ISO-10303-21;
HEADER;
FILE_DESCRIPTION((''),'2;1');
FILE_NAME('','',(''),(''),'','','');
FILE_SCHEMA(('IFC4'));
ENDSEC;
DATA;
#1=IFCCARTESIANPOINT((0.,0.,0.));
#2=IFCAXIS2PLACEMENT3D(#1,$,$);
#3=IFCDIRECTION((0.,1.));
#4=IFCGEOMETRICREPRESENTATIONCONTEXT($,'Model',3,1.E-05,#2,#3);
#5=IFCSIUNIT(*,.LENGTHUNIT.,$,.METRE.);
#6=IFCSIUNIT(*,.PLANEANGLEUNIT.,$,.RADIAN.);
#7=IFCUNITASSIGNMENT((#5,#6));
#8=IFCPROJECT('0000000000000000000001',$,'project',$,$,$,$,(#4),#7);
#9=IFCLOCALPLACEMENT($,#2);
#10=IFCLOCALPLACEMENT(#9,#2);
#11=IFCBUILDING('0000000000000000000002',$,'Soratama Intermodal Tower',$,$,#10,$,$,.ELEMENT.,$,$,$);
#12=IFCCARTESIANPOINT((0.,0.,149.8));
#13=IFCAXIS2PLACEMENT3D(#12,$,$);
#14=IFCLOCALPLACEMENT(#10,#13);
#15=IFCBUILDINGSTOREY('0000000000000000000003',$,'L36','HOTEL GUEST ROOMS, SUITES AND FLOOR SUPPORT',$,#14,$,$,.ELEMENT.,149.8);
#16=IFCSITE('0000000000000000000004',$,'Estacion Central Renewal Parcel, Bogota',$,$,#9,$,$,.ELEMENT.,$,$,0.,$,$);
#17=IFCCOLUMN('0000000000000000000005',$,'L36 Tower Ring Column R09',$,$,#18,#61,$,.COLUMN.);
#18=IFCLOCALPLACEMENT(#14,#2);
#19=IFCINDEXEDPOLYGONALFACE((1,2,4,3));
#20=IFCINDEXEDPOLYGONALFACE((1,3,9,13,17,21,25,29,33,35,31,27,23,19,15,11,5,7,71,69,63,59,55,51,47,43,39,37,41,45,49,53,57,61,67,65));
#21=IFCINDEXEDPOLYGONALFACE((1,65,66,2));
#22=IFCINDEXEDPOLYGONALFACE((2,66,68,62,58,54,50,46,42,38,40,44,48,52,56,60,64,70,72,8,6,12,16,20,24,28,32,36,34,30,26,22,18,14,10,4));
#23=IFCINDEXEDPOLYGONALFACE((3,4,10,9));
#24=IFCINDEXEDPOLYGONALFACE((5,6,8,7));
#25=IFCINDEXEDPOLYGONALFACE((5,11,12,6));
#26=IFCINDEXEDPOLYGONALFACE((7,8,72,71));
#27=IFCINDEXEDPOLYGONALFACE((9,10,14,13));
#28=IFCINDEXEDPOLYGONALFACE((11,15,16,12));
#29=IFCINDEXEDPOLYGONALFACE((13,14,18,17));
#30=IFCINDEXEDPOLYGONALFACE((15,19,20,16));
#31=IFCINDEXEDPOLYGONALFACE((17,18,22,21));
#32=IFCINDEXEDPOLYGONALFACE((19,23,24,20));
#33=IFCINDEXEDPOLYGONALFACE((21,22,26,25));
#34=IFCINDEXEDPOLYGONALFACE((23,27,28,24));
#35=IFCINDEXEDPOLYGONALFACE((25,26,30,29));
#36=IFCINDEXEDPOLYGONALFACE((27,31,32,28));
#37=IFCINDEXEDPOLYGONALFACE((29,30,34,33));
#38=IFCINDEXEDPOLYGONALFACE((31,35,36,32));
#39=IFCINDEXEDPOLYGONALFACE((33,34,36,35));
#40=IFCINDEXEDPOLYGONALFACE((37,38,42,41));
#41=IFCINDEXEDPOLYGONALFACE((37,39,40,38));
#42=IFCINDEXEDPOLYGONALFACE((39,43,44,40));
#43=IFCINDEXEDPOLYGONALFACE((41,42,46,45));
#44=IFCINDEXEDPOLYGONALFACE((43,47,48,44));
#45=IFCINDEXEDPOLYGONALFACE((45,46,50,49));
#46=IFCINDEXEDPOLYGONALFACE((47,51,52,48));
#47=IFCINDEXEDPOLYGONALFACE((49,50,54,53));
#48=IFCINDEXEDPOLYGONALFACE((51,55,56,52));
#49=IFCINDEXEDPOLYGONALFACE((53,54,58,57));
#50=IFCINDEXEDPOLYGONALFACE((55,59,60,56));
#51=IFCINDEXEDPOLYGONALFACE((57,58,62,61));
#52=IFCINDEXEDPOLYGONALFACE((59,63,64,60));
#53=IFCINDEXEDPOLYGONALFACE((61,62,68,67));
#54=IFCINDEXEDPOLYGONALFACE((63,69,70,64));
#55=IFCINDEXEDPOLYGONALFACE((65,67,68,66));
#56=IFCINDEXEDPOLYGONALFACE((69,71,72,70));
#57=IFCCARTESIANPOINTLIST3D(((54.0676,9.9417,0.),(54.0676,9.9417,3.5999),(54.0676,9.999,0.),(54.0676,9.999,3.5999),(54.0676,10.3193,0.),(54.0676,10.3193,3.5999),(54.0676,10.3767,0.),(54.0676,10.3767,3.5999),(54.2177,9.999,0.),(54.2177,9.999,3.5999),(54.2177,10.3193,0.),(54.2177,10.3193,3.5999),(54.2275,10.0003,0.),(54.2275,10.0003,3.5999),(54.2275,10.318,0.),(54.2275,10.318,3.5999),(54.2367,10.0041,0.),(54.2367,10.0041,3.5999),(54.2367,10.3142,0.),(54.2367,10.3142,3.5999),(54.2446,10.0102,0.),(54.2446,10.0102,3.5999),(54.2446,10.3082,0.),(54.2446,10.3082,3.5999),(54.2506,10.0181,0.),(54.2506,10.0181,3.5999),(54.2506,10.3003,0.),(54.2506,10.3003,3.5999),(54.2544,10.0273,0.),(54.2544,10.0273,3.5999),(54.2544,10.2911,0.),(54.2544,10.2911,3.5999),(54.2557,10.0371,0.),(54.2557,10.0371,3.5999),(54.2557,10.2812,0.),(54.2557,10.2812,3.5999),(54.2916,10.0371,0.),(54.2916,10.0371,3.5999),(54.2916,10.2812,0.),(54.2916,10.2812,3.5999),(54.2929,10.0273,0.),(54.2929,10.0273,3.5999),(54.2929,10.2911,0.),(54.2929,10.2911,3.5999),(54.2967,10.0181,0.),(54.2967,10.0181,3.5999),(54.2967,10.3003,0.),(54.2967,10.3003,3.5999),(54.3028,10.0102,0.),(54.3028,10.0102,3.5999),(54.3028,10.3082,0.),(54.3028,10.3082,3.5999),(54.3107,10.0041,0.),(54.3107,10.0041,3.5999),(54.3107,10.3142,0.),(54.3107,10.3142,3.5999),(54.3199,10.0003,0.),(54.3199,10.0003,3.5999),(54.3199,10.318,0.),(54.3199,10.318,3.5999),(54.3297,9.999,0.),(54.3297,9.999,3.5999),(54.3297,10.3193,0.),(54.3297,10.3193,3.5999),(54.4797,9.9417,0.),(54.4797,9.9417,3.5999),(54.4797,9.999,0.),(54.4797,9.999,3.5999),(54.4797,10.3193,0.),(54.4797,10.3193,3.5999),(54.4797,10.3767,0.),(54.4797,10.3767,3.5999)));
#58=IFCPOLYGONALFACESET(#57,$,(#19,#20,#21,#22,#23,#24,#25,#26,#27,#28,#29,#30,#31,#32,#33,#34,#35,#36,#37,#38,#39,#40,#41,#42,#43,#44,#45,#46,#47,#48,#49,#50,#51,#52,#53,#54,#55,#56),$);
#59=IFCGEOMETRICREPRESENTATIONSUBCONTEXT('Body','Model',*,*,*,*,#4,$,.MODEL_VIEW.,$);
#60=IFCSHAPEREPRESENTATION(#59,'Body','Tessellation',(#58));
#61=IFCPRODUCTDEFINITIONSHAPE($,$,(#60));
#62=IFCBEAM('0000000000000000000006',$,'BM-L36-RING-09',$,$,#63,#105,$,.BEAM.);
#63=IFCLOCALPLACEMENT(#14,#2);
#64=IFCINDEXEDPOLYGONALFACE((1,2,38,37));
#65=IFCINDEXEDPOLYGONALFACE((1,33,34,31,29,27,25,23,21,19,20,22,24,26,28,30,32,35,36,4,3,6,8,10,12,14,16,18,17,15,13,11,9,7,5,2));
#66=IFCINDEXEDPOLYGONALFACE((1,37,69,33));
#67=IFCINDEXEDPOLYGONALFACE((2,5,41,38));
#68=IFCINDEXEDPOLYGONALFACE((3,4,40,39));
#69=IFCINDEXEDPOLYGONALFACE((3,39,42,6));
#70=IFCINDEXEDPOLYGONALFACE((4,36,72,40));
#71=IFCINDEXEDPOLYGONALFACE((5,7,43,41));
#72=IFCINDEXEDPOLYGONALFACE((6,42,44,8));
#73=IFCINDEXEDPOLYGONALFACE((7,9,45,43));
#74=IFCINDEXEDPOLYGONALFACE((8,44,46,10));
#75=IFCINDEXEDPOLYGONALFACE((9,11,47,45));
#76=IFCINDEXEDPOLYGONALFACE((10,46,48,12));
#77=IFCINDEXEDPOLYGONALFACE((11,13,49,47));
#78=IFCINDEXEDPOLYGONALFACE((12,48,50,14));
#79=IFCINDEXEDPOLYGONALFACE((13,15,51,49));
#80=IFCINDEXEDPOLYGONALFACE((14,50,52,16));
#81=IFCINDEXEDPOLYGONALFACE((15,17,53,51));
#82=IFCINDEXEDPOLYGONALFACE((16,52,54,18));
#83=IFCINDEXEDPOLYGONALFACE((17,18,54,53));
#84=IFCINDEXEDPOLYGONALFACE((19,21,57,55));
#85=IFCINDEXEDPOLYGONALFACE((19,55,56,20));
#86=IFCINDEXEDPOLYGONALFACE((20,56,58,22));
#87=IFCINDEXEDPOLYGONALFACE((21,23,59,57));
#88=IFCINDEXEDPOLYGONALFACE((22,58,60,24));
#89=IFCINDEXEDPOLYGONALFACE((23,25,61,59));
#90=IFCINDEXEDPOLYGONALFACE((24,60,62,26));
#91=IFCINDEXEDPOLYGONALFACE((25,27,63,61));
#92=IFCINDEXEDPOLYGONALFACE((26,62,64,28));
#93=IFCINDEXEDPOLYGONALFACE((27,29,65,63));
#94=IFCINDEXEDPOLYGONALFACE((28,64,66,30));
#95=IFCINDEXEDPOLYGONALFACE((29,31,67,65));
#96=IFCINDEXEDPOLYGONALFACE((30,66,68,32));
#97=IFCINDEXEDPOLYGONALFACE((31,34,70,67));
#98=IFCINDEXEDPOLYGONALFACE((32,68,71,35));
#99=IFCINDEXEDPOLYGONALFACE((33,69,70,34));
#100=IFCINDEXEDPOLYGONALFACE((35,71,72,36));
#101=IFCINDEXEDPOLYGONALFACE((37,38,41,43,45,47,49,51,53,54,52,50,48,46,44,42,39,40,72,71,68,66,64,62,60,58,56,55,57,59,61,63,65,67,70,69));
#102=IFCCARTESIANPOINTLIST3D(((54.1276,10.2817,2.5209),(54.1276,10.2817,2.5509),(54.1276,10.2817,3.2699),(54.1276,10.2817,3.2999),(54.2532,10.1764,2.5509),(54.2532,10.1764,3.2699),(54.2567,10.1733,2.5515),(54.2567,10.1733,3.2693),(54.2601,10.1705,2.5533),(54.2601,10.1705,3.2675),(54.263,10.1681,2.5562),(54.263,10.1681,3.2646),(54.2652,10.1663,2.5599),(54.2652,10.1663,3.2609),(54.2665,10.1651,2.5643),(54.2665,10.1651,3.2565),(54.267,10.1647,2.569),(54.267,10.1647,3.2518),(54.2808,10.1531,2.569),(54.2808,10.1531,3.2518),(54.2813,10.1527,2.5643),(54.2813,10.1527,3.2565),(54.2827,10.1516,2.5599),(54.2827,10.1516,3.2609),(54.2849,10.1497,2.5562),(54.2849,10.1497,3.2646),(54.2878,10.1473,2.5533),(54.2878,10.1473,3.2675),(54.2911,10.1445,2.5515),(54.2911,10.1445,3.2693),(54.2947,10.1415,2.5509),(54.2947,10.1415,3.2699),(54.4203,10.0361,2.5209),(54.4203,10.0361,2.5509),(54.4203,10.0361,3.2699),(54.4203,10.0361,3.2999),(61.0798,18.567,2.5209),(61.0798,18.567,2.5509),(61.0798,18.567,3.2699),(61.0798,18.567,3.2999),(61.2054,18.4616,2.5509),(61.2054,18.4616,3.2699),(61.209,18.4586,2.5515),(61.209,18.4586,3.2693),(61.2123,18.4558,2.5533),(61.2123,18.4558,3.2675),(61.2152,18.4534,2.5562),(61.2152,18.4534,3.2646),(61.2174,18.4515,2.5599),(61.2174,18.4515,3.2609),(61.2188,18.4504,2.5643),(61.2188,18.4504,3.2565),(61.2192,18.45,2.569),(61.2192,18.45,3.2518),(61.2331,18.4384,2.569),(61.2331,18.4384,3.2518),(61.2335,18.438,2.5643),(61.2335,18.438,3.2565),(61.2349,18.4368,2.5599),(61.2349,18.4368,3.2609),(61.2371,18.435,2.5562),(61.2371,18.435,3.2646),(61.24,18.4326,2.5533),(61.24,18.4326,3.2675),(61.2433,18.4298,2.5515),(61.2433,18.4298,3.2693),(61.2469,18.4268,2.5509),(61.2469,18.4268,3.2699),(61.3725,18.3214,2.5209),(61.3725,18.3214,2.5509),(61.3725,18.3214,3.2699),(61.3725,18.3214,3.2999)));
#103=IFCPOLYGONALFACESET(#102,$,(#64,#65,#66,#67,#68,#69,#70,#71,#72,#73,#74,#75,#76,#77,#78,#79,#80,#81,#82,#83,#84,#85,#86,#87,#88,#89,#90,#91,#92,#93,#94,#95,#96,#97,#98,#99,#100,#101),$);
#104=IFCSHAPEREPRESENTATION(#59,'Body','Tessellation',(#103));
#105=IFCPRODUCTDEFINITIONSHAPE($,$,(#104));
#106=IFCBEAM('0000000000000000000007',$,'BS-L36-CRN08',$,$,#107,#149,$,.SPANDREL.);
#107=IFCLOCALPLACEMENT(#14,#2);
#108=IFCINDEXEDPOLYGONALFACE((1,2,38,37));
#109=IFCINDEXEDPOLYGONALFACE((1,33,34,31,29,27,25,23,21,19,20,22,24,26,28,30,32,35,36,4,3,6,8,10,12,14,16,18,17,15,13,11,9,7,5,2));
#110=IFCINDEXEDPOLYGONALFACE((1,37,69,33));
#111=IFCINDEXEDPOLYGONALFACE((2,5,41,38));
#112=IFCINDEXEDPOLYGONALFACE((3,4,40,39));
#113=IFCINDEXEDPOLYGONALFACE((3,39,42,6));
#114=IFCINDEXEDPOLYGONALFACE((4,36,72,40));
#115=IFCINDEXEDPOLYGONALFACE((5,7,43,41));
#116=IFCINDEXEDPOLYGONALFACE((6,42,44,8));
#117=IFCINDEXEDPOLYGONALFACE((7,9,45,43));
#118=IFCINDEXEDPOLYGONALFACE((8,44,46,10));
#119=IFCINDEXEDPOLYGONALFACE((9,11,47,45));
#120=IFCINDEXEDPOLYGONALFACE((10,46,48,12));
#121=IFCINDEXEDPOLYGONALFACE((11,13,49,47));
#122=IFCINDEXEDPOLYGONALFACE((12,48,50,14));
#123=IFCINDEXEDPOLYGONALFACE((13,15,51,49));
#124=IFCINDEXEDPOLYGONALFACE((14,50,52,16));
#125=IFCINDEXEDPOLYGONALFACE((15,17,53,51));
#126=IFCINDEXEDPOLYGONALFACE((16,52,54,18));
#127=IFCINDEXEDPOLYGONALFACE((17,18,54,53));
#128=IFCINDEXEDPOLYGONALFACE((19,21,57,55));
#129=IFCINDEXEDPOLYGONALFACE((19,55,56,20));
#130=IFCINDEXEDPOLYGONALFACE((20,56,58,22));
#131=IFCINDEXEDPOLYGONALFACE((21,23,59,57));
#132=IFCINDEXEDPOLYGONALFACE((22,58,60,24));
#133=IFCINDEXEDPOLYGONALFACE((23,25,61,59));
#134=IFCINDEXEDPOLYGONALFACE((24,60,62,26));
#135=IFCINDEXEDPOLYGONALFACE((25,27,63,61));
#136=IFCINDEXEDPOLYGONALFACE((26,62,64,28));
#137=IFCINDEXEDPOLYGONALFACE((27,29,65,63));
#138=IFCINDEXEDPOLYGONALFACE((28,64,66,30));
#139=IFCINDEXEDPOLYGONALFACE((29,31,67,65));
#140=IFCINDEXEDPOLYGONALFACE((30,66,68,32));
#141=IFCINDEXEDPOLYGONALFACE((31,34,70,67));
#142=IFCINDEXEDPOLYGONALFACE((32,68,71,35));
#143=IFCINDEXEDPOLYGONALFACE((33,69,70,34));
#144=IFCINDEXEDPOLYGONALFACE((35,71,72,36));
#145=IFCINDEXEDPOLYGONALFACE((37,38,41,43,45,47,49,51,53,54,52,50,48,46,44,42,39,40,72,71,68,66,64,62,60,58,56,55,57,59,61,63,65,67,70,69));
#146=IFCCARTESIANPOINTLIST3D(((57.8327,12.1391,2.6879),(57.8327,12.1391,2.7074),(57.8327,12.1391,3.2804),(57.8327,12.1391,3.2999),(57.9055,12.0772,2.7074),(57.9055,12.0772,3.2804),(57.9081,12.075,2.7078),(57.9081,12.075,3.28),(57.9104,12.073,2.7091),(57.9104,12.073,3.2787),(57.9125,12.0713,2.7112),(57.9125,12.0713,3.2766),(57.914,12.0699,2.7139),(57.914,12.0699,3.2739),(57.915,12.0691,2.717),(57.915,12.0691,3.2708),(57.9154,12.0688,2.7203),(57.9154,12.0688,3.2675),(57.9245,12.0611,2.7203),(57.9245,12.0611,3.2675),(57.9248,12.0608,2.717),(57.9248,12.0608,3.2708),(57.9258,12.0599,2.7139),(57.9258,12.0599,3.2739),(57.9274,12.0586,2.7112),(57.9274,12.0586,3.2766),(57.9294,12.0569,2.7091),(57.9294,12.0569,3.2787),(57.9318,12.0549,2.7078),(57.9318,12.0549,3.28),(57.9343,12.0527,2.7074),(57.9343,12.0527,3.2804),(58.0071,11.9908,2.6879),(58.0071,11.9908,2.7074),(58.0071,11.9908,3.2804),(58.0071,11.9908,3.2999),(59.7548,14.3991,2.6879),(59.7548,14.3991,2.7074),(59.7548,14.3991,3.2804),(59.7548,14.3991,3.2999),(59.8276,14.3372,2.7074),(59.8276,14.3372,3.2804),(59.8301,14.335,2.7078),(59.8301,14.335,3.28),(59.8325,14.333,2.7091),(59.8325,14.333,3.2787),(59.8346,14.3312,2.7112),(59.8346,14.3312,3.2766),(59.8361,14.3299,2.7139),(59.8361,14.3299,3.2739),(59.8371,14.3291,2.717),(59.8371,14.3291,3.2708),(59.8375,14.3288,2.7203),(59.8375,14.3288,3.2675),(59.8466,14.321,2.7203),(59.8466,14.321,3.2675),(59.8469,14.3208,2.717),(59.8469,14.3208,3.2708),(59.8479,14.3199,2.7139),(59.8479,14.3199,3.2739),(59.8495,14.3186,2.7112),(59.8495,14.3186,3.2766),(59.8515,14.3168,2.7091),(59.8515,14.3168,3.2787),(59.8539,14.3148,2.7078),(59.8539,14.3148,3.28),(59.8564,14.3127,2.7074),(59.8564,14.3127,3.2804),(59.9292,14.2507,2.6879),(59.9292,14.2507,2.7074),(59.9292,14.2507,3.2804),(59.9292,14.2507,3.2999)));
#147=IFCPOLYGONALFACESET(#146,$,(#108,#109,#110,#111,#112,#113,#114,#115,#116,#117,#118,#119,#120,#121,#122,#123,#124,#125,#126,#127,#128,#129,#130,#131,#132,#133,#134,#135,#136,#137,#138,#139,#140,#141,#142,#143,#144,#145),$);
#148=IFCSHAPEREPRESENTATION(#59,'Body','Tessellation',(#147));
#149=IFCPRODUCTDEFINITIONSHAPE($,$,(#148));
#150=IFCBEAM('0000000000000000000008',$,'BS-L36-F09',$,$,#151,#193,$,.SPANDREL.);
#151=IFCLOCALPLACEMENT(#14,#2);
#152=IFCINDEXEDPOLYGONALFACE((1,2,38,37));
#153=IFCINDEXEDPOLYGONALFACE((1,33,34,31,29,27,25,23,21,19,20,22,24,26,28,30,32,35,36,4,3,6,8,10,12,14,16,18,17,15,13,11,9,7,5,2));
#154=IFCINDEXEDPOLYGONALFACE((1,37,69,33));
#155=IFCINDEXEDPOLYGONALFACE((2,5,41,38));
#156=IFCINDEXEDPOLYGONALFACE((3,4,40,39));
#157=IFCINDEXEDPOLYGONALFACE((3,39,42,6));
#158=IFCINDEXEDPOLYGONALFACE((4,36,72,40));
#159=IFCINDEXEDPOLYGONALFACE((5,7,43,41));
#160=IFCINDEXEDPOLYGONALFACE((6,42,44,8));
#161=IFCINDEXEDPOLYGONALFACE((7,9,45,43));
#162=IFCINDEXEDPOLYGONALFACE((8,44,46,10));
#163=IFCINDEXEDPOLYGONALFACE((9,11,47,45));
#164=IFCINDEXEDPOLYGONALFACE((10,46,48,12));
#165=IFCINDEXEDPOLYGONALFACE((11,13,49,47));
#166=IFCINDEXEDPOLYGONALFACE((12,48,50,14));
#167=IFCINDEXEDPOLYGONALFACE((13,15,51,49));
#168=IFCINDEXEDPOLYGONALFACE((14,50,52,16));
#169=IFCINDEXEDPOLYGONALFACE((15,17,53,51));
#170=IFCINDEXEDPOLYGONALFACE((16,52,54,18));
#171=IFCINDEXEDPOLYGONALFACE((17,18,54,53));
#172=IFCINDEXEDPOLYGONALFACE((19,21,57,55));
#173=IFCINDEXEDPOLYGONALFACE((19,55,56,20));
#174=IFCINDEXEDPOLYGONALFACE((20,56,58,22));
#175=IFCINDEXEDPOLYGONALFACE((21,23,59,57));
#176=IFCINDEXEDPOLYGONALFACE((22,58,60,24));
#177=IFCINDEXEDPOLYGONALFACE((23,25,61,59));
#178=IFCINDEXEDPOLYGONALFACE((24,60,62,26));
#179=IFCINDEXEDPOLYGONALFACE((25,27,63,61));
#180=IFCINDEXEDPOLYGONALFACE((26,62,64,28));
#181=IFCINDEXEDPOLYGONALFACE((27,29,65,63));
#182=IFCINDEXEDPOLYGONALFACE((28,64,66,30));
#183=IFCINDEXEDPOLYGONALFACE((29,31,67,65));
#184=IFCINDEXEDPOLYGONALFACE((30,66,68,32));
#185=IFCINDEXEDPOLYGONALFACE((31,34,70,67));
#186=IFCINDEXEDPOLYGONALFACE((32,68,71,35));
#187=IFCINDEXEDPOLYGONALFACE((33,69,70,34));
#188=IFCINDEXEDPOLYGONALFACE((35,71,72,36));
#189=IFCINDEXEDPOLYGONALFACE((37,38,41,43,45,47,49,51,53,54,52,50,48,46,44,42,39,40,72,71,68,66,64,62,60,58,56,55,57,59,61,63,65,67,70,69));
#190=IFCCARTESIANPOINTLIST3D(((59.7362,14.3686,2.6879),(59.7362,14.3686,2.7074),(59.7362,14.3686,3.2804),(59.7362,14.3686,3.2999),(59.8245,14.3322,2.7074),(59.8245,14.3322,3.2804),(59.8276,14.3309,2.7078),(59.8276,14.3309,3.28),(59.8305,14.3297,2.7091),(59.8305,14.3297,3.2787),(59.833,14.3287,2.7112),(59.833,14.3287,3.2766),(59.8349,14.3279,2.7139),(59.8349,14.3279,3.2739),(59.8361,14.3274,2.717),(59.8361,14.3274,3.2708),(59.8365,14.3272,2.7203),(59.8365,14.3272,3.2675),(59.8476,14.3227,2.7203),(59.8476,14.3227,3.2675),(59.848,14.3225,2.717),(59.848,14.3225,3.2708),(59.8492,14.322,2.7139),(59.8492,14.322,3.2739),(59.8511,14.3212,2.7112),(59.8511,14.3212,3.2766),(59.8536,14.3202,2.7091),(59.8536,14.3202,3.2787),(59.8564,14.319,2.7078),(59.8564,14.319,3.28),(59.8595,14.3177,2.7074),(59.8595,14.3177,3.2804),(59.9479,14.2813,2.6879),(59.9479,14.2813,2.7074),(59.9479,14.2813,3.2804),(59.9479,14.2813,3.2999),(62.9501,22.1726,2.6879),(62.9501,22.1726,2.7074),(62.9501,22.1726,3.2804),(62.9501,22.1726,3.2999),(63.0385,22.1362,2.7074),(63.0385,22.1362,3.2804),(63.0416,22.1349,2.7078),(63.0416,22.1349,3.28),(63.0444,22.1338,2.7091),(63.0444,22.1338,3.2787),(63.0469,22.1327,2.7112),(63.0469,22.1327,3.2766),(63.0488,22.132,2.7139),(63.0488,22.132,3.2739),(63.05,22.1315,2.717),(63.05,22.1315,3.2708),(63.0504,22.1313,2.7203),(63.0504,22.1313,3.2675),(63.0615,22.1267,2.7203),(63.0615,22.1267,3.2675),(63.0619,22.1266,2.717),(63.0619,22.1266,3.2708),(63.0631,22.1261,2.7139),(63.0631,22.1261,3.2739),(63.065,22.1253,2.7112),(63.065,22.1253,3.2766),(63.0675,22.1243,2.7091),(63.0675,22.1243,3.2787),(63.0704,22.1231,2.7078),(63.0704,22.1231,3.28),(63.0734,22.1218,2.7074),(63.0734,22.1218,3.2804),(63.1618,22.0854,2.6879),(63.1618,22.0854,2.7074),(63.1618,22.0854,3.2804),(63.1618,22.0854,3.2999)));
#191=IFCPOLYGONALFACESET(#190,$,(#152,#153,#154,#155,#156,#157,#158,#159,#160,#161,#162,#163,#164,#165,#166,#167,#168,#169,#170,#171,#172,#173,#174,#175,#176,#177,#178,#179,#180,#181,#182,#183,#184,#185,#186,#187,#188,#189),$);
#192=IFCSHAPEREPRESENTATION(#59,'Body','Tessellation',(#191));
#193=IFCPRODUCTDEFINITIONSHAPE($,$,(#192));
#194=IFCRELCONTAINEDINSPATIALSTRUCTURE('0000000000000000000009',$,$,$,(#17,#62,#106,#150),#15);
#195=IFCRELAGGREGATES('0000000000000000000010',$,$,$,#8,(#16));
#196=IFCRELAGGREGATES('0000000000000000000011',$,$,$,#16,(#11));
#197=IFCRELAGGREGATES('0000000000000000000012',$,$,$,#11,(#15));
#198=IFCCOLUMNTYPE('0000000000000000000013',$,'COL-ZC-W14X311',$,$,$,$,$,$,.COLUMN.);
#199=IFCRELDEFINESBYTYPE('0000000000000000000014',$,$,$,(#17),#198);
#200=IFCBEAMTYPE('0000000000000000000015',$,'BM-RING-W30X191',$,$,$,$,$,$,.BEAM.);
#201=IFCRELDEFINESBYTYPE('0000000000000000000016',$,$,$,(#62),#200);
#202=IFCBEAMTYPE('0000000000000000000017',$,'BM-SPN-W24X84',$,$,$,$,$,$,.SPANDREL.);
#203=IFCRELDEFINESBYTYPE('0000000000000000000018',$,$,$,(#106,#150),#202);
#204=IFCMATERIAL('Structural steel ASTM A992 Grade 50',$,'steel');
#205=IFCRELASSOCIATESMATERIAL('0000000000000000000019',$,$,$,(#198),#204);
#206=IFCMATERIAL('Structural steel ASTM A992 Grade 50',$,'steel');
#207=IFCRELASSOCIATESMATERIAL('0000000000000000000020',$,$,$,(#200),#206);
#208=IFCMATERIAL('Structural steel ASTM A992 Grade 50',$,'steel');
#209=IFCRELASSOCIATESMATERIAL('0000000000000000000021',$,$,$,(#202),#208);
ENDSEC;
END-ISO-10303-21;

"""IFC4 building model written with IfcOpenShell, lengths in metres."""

from ifc_helpers import new_model, si_unit, direction, frame, origin, origin_2d, place, context, subcontext, project, spatial, i_section, extrude, material, material_profile, profile_set, type_object, element, save


model = new_model("IFC4")

# Units and contexts
model_context = context("Model", 3, precision=1e-05, world=origin(), true_north=direction((0.0, 1.0)))
body_context = subcontext(model_context, "Body", "Model", "MODEL_VIEW")
ifc_project = project(units=[si_unit("LENGTHUNIT", "METRE"), si_unit("PLANEANGLEUNIT", "RADIAN")], contexts=[model_context])

# Site, building, storey
site_placement = place(None, origin())
site = spatial("IfcSite", under=ifc_project, at=site_placement, Name="Estacion Central Renewal Parcel, Bogota", CompositionType="ELEMENT", RefElevation=0.0)
building_placement = place(site_placement, origin())
building = spatial("IfcBuilding", under=site, at=building_placement, Name="Soratama Intermodal Tower", CompositionType="ELEMENT")
storey_placement = place(building_placement, frame((0.0, 0.0, 149.8)))
storey = spatial("IfcBuildingStorey", under=building, at=storey_placement, Name="L36", Description="HOTEL GUEST ROOMS, SUITES AND FLOOR SUPPORT", CompositionType="ELEMENT", Elevation=149.8)

# Column
ifc_material_1 = material(Name="Structural steel ASTM A992 Grade 50", Category="steel")
ifc_material_profile_1 = material_profile(ifc_material_1, i_section(OverallWidth=0.4121, OverallDepth=0.4351, WebThickness=0.0359, FlangeThickness=0.0574, FilletRadius=0.0381, at=origin_2d()), Name="W14X311")
ifc_profile_set_1 = profile_set([ifc_material_profile_1], Name="Structural steel ASTM A992 Grade 50")
column_type = type_object("IfcColumnType", Name="COL-ZC-W14X311", PredefinedType="COLUMN", material=ifc_profile_set_1)
column_placement = place(storey_placement, frame((54.2737, 10.1592, 0.0), z_axis=(0.0, 0.0, 1.0), x_axis=(1.0, 0.0, 0.0)))
element("IfcColumn", 1, at=column_placement, inside=storey, type_object=column_type, Name="L36 Tower Ring Column R09", PredefinedType="COLUMN", context=body_context, shape_type="SweptSolid", body=[
    extrude(i_section(OverallWidth=0.4121, OverallDepth=0.4351, WebThickness=0.0359, FlangeThickness=0.0574, FilletRadius=0.0381, at=origin_2d()), origin(), (0.0, 0.0, 1.0), 3.5999),
])

# Beams
ifc_material_2 = material(Name="Structural steel ASTM A992 Grade 50", Category="steel")
ifc_material_profile_2 = material_profile(ifc_material_2, i_section(OverallWidth=0.3821, OverallDepth=0.7791, WebThickness=0.0181, FlangeThickness=0.03, FilletRadius=0.0181, at=origin_2d()), Name="W30X191")
ifc_profile_set_2 = profile_set([ifc_material_profile_2], Name="Structural steel ASTM A992 Grade 50")
beam_type_1 = type_object("IfcBeamType", Name="BM-RING-W30X191", PredefinedType="BEAM", material=ifc_profile_set_2)
beam_1_placement = place(storey_placement, frame((54.2739, 10.1589, 2.9104), z_axis=(0.642792, 0.766041, 0.0), x_axis=(-0.766041, 0.642792, 0.0)))
element("IfcBeam", 2, at=beam_1_placement, inside=storey, type_object=beam_type_1, Name="BM-L36-RING-09", PredefinedType="BEAM", context=body_context, shape_type="SweptSolid", body=[
    extrude(i_section(OverallWidth=0.3821, OverallDepth=0.7791, WebThickness=0.0181, FlangeThickness=0.03, FilletRadius=0.0181, at=origin_2d()), origin(), (0.0, 0.0, 1.0), 10.8157),
])
ifc_material_3 = material(Name="Structural steel ASTM A992 Grade 50", Category="steel")
ifc_material_profile_3 = material_profile(ifc_material_3, i_section(OverallWidth=0.229, OverallDepth=0.6121, WebThickness=0.012, FlangeThickness=0.0195, FilletRadius=0.0129, at=origin_2d()), Name="W24X84")
ifc_profile_set_3 = profile_set([ifc_material_profile_3], Name="Structural steel ASTM A992 Grade 50")
beam_type_2 = type_object("IfcBeamType", Name="BM-SPN-W24X84", PredefinedType="SPANDREL", material=ifc_profile_set_3)
beam_2_placement = place(storey_placement, frame((57.9199, 12.0649, 2.9939), z_axis=(0.647866, 0.761755, 0.0), x_axis=(-0.761755, 0.647866, 0.0)))
element("IfcBeam", 3, at=beam_2_placement, inside=storey, type_object=beam_type_2, Name="BS-L36-CRN08", PredefinedType="SPANDREL", context=body_context, shape_type="SweptSolid", body=[
    extrude(i_section(OverallWidth=0.229, OverallDepth=0.6121, WebThickness=0.012, FlangeThickness=0.0195, FilletRadius=0.0129, at=origin_2d()), origin(), (0.0, 0.0, 1.0), 2.9668),
])
beam_3_placement = place(storey_placement, frame((59.842, 14.325, 2.9939), z_axis=(0.380798, 0.924658, 0.0), x_axis=(-0.924658, 0.380798, 0.0)))
element("IfcBeam", 4, at=beam_3_placement, inside=storey, type_object=beam_type_2, Name="BS-L36-F09", PredefinedType="SPANDREL", context=body_context, shape_type="SweptSolid", body=[
    extrude(i_section(OverallWidth=0.229, OverallDepth=0.6121, WebThickness=0.012, FlangeThickness=0.0195, FilletRadius=0.0129, at=origin_2d()), origin(), (0.0, 0.0, 1.0), 8.4399),
])

save(model, "model.ifc")
